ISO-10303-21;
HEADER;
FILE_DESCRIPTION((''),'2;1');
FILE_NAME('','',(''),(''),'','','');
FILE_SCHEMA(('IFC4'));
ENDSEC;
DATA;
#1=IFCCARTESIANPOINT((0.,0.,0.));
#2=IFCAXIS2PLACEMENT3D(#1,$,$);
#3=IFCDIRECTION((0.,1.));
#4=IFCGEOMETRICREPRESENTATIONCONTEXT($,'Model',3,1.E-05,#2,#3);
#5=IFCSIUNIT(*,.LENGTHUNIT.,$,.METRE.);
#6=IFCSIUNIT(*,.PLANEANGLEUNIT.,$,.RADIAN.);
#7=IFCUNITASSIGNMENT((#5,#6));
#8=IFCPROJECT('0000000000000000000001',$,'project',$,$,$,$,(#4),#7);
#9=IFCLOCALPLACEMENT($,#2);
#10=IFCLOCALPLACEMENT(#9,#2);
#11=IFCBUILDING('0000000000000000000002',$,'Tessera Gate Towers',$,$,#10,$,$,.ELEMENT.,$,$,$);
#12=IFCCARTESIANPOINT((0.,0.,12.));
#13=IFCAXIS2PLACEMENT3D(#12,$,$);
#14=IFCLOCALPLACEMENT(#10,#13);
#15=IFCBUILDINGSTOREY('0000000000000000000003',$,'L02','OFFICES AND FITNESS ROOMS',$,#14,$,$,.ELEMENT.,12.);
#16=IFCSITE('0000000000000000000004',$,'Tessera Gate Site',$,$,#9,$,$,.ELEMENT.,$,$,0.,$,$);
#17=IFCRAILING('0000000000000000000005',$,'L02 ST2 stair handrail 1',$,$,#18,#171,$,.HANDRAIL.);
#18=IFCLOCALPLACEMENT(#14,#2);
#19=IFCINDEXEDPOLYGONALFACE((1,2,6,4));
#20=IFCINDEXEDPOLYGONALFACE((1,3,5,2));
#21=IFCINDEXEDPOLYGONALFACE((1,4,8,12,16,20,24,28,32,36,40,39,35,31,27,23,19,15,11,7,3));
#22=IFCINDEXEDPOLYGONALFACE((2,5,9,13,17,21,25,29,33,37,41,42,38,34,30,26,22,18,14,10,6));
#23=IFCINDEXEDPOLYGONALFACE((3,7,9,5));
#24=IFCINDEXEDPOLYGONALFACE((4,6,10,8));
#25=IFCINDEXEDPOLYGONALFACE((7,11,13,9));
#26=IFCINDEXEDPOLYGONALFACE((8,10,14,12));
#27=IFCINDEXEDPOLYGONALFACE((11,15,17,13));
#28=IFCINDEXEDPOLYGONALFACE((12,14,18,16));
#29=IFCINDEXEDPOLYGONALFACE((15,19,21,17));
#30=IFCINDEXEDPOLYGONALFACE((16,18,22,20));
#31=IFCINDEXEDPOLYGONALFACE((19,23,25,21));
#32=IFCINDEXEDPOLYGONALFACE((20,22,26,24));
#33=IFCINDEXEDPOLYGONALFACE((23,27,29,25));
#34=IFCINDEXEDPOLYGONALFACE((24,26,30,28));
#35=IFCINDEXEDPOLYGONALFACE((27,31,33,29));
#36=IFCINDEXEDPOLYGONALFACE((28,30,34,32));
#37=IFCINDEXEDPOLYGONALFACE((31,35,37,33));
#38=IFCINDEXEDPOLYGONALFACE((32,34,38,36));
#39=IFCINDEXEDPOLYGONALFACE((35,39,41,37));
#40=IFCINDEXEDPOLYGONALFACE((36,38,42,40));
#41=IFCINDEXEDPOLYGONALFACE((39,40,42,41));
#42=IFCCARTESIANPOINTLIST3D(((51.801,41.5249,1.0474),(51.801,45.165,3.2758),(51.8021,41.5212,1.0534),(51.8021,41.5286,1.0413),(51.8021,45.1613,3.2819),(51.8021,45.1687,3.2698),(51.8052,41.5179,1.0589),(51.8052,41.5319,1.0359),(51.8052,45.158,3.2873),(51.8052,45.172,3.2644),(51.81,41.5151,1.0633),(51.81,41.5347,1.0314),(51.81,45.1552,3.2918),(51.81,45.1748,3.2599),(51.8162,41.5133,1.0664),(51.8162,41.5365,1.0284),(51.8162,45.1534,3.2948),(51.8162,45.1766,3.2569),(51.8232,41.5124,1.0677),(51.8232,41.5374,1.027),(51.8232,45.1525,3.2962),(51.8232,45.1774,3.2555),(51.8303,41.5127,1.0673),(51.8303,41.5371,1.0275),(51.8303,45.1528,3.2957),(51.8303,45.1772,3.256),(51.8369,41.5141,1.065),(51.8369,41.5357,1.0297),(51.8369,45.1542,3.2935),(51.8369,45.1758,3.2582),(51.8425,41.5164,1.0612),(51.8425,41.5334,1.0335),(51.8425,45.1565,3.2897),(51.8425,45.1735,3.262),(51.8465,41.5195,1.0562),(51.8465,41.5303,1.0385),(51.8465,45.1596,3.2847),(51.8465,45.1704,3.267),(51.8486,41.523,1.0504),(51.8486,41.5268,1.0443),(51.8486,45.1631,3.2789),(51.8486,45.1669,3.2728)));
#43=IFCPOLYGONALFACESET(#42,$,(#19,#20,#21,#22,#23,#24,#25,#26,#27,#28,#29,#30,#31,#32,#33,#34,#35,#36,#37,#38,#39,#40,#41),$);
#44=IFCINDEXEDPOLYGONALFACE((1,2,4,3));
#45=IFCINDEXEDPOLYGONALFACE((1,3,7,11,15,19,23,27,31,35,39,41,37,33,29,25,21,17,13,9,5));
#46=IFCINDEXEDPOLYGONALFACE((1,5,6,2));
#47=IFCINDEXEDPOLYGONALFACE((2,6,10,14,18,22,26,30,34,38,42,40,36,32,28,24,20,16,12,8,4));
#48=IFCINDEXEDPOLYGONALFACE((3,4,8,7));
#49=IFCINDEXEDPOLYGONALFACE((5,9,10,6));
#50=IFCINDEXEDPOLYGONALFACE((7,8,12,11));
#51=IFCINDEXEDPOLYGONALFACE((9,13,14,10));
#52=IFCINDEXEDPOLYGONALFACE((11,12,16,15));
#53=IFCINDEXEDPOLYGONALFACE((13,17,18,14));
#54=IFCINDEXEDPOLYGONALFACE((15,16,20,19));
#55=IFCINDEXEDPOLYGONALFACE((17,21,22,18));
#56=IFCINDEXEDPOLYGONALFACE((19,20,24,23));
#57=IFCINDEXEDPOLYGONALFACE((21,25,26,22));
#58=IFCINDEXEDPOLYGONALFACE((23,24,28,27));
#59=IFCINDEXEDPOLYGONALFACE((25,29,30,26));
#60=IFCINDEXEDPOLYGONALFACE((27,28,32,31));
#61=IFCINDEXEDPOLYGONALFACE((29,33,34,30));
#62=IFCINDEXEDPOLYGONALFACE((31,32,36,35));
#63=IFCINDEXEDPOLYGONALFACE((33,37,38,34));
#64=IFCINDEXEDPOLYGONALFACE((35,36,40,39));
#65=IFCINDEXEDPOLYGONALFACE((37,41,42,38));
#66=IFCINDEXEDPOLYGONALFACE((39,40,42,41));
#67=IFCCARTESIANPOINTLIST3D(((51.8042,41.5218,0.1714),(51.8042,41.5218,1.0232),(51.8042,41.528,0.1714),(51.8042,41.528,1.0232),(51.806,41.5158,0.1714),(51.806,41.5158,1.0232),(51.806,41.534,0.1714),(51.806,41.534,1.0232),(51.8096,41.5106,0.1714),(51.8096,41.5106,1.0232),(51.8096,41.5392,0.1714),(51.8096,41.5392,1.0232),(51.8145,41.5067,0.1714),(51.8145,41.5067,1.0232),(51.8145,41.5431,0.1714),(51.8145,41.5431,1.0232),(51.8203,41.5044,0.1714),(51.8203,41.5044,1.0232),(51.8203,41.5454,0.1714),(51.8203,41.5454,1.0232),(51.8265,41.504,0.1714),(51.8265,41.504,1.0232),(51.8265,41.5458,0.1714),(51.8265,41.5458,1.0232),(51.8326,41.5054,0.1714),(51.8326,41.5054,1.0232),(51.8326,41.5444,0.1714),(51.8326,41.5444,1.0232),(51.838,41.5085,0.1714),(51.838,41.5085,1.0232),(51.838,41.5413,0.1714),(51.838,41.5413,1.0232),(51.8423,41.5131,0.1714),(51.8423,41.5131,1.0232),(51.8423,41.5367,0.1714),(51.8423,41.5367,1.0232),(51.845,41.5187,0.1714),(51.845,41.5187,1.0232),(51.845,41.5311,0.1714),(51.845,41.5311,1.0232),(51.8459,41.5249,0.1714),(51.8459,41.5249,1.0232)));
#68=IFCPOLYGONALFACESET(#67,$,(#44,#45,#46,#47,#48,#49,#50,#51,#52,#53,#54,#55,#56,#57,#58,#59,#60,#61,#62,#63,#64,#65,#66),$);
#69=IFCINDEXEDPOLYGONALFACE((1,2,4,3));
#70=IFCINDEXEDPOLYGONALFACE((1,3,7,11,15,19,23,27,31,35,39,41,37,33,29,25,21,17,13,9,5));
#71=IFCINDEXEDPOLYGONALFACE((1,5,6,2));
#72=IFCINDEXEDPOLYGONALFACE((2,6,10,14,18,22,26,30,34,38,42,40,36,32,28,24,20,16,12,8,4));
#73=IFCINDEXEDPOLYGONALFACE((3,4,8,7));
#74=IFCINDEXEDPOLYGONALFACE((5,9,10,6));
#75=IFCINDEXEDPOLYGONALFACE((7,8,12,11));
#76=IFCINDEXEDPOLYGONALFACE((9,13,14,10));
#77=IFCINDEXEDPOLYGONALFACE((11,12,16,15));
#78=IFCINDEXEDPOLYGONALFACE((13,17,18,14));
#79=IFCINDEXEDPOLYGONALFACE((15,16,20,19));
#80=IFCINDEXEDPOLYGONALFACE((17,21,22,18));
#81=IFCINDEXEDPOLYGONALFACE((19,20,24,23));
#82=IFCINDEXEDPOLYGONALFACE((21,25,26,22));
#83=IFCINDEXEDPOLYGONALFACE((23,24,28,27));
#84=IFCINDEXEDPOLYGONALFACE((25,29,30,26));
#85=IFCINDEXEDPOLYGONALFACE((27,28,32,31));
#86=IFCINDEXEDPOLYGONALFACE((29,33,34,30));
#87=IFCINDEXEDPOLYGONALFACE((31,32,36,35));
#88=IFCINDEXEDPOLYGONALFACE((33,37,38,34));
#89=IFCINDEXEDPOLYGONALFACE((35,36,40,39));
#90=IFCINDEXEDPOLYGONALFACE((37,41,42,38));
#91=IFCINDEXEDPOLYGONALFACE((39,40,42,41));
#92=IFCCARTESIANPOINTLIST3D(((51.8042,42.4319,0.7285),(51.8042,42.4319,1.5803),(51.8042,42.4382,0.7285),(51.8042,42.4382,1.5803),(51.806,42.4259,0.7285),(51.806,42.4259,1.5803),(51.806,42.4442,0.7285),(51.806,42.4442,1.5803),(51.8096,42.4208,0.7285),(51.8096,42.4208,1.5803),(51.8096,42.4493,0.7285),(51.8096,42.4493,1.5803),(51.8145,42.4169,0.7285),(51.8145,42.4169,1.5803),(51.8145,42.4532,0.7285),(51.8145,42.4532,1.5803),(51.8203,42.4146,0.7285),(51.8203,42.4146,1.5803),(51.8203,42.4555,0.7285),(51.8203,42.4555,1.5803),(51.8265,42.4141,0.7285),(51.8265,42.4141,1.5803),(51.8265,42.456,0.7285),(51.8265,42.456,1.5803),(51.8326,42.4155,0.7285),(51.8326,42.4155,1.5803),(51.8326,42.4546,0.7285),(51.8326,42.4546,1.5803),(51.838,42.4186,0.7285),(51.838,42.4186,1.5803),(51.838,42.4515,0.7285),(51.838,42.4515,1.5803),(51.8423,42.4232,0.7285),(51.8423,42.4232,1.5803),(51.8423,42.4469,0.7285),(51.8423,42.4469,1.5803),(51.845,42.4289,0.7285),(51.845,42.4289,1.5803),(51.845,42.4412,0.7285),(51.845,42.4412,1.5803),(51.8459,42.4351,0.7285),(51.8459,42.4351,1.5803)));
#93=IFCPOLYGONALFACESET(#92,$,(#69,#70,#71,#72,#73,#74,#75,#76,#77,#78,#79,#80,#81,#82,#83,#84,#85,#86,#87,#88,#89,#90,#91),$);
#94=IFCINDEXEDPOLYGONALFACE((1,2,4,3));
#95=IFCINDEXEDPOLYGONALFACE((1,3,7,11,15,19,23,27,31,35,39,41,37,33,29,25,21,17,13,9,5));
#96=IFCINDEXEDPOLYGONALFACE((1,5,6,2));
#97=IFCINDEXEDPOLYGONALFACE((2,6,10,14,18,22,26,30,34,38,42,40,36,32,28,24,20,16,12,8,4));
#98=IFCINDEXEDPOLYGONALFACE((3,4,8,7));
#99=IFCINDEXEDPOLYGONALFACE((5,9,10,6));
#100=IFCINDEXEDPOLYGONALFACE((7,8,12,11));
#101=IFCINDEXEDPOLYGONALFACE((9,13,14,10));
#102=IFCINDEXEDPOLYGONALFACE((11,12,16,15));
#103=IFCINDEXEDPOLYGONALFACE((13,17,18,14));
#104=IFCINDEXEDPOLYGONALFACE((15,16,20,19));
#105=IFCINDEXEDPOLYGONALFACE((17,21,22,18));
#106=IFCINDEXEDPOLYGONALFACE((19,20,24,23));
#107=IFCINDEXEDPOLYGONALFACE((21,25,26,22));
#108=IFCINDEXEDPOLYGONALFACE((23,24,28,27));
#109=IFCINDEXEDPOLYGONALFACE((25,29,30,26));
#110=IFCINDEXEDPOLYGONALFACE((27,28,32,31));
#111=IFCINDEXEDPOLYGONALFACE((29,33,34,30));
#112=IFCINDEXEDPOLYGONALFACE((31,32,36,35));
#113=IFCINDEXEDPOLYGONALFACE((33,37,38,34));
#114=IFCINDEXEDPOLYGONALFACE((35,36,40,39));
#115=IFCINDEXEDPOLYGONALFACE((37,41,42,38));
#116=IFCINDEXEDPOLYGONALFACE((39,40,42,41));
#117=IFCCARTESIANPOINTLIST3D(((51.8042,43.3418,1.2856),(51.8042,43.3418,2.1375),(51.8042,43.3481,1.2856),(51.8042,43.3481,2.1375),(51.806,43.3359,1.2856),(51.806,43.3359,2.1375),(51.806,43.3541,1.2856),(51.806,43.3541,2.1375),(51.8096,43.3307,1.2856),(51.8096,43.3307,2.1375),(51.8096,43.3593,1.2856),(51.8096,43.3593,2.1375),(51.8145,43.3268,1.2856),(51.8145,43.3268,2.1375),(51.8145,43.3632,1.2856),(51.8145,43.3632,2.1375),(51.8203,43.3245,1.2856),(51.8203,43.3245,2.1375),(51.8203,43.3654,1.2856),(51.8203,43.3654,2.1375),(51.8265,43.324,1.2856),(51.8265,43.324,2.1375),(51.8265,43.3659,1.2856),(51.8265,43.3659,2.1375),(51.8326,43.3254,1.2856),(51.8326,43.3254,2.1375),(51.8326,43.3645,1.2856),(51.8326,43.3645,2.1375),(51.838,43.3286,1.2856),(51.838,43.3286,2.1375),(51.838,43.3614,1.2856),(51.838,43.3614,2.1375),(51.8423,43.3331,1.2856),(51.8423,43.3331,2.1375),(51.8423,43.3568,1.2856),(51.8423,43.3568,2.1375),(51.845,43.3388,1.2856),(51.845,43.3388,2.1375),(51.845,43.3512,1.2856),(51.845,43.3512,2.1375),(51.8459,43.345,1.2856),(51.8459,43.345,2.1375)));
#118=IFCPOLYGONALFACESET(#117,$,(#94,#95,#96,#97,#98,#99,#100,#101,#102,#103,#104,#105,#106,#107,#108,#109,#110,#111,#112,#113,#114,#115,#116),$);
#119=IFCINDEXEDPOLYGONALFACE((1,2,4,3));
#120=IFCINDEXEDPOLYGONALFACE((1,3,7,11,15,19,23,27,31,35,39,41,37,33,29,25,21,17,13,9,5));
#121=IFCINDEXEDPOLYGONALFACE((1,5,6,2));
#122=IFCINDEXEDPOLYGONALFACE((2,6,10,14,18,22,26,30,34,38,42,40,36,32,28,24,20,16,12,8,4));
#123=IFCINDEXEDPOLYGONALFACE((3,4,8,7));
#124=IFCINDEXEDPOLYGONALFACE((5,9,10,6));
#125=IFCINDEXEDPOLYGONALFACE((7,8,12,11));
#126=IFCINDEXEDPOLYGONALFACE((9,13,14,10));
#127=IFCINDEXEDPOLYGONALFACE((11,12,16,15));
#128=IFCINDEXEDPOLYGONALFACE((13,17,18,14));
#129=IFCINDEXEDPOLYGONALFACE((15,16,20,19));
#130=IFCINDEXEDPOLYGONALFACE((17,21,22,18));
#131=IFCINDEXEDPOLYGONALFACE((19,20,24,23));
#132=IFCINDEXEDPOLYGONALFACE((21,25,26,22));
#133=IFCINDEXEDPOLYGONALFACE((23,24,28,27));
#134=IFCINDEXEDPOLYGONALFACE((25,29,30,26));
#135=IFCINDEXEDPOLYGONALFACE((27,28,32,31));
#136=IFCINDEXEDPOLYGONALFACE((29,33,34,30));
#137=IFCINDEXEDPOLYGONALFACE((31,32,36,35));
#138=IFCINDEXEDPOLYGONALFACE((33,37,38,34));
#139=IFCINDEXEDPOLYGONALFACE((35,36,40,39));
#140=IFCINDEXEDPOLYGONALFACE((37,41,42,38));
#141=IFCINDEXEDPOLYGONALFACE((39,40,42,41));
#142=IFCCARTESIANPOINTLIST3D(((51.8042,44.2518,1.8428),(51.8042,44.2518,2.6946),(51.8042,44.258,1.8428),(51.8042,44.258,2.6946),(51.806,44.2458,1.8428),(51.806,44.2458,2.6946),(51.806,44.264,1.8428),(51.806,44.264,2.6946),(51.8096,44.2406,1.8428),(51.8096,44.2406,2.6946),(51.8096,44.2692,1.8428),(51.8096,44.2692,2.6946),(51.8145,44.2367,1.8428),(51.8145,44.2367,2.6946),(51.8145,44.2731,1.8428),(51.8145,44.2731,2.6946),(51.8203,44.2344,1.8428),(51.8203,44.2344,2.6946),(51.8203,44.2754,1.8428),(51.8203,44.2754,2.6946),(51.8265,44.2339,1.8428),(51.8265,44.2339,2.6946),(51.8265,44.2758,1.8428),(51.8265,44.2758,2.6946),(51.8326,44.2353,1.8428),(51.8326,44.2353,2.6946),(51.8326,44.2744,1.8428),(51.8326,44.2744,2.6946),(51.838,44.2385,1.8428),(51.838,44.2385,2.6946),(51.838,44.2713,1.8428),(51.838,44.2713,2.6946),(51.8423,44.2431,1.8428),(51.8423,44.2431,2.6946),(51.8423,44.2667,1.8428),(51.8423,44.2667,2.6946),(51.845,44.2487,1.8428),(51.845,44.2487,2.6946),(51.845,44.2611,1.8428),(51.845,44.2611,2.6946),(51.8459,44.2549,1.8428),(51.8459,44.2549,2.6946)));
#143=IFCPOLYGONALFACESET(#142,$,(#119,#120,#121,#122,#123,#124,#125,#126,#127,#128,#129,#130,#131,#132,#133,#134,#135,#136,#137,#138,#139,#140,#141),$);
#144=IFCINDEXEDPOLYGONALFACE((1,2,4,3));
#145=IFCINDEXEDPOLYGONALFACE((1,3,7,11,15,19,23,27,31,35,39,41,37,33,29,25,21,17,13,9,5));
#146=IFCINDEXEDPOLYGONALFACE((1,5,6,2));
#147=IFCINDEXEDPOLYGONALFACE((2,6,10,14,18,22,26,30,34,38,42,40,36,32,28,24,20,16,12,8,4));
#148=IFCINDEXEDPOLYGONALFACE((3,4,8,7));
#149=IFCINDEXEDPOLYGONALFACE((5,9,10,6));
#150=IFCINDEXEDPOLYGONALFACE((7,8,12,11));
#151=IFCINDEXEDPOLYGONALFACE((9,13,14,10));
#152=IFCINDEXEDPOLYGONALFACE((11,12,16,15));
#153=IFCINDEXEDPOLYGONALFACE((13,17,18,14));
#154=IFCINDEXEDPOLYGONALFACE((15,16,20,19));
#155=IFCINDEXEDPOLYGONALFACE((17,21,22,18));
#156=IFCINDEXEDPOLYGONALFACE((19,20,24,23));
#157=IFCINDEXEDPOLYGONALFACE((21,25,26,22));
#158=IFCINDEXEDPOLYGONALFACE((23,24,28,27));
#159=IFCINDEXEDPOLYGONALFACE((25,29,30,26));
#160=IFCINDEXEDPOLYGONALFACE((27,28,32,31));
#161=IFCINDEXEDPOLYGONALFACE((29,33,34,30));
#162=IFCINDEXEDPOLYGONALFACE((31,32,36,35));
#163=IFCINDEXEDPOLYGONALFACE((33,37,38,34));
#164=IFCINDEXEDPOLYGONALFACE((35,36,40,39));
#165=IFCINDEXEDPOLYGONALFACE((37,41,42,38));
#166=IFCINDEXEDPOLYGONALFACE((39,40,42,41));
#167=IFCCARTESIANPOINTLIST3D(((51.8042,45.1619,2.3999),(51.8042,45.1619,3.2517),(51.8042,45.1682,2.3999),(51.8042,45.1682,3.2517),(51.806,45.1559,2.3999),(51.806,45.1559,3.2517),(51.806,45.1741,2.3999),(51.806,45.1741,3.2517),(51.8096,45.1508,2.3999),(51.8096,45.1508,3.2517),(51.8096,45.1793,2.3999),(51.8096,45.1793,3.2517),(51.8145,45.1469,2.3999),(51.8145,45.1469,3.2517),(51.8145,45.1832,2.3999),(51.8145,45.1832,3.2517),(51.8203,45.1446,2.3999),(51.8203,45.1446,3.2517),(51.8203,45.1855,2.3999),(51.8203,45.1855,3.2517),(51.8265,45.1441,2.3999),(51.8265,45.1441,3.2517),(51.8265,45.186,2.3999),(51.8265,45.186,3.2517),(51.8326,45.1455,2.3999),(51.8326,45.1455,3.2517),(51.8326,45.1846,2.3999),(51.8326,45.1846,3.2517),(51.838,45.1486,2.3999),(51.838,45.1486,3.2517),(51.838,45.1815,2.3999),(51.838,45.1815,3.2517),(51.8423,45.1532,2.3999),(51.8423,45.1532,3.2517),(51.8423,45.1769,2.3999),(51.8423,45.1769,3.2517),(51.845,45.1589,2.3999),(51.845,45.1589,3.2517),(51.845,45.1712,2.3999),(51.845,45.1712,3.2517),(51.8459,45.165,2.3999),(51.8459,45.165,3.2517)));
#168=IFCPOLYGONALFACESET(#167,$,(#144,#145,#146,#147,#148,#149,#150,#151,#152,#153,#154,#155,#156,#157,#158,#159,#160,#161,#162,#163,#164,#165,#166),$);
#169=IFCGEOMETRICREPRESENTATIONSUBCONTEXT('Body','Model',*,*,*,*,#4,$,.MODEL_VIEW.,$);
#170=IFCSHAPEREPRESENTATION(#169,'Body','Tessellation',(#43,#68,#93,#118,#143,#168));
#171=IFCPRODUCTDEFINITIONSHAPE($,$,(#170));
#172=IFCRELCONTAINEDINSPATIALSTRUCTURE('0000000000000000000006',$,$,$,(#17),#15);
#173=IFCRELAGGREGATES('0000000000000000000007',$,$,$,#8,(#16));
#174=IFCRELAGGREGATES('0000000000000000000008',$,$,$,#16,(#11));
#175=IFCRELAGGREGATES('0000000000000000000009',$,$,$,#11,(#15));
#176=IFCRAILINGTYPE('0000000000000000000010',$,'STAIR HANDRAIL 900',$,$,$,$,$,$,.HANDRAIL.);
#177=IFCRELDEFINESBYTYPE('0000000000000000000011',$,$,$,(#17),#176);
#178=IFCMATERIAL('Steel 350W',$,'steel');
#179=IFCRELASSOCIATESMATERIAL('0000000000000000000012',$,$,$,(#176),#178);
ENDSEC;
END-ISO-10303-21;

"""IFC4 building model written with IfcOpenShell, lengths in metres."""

from ifc_helpers import new_model, si_unit, direction, frame, origin, origin_2d, place, context, subcontext, project, spatial, circle, extrude, material, type_object, element, save


model = new_model("IFC4")

# Units and contexts
model_context = context("Model", 3, precision=1e-05, world=origin(), true_north=direction((0.0, 1.0)))
body_context = subcontext(model_context, "Body", "Model", "MODEL_VIEW")
ifc_project = project(units=[si_unit("LENGTHUNIT", "METRE"), si_unit("PLANEANGLEUNIT", "RADIAN")], contexts=[model_context])

# Site, building, storey
site_placement = place(None, origin())
site = spatial("IfcSite", under=ifc_project, at=site_placement, Name="Tessera Gate Site", CompositionType="ELEMENT", RefElevation=0.0)
building_placement = place(site_placement, origin())
building = spatial("IfcBuilding", under=site, at=building_placement, Name="Tessera Gate Towers", CompositionType="ELEMENT")
storey_placement = place(building_placement, frame((0.0, 0.0, 12.0)))
storey = spatial("IfcBuildingStorey", under=building, at=storey_placement, Name="L02", Description="OFFICES AND FITNESS ROOMS", CompositionType="ELEMENT", Elevation=12.0)

# Railing
ifc_material_1 = material(Name="Steel 350W", Category="steel")
railing_type_1 = type_object("IfcRailingType", Name="STAIR HANDRAIL 900", PredefinedType="HANDRAIL", material=ifc_material_1)
railing_1_placement = place(storey_placement, frame((51.825, 41.5249, 0.1714)))
element("IfcRailing", 1, at=railing_1_placement, inside=storey, type_object=railing_type_1, Name="L02 ST2 stair handrail 1", PredefinedType="HANDRAIL", context=body_context, shape_type="SweptSolid", body=[
    extrude(circle(Radius=0.0239, at=origin_2d()), frame((0.0, 0.0, 0.876), z_axis=(0.0, 0.852866, 0.52213), x_axis=(-1.0, 0.0, 0.0)), (0.0, 0.0, 1.0), 4.2681),
    extrude(circle(Radius=0.021, at=origin_2d()), origin(), (0.0, 0.0, 1.0), 0.8518),
    extrude(circle(Radius=0.021, at=origin_2d()), frame((0.0, 0.9102, 0.5571)), (0.0, 0.0, 1.0), 0.8518),
    extrude(circle(Radius=0.021, at=origin_2d()), frame((0.0, 1.8201, 1.1143)), (0.0, 0.0, 1.0), 0.8518),
    extrude(circle(Radius=0.021, at=origin_2d()), frame((0.0, 2.73, 1.6714)), (0.0, 0.0, 1.0), 0.8518),
    extrude(circle(Radius=0.021, at=origin_2d()), frame((0.0, 3.6401, 2.2285)), (0.0, 0.0, 1.0), 0.8518),
])

save(model, "model.ifc")
